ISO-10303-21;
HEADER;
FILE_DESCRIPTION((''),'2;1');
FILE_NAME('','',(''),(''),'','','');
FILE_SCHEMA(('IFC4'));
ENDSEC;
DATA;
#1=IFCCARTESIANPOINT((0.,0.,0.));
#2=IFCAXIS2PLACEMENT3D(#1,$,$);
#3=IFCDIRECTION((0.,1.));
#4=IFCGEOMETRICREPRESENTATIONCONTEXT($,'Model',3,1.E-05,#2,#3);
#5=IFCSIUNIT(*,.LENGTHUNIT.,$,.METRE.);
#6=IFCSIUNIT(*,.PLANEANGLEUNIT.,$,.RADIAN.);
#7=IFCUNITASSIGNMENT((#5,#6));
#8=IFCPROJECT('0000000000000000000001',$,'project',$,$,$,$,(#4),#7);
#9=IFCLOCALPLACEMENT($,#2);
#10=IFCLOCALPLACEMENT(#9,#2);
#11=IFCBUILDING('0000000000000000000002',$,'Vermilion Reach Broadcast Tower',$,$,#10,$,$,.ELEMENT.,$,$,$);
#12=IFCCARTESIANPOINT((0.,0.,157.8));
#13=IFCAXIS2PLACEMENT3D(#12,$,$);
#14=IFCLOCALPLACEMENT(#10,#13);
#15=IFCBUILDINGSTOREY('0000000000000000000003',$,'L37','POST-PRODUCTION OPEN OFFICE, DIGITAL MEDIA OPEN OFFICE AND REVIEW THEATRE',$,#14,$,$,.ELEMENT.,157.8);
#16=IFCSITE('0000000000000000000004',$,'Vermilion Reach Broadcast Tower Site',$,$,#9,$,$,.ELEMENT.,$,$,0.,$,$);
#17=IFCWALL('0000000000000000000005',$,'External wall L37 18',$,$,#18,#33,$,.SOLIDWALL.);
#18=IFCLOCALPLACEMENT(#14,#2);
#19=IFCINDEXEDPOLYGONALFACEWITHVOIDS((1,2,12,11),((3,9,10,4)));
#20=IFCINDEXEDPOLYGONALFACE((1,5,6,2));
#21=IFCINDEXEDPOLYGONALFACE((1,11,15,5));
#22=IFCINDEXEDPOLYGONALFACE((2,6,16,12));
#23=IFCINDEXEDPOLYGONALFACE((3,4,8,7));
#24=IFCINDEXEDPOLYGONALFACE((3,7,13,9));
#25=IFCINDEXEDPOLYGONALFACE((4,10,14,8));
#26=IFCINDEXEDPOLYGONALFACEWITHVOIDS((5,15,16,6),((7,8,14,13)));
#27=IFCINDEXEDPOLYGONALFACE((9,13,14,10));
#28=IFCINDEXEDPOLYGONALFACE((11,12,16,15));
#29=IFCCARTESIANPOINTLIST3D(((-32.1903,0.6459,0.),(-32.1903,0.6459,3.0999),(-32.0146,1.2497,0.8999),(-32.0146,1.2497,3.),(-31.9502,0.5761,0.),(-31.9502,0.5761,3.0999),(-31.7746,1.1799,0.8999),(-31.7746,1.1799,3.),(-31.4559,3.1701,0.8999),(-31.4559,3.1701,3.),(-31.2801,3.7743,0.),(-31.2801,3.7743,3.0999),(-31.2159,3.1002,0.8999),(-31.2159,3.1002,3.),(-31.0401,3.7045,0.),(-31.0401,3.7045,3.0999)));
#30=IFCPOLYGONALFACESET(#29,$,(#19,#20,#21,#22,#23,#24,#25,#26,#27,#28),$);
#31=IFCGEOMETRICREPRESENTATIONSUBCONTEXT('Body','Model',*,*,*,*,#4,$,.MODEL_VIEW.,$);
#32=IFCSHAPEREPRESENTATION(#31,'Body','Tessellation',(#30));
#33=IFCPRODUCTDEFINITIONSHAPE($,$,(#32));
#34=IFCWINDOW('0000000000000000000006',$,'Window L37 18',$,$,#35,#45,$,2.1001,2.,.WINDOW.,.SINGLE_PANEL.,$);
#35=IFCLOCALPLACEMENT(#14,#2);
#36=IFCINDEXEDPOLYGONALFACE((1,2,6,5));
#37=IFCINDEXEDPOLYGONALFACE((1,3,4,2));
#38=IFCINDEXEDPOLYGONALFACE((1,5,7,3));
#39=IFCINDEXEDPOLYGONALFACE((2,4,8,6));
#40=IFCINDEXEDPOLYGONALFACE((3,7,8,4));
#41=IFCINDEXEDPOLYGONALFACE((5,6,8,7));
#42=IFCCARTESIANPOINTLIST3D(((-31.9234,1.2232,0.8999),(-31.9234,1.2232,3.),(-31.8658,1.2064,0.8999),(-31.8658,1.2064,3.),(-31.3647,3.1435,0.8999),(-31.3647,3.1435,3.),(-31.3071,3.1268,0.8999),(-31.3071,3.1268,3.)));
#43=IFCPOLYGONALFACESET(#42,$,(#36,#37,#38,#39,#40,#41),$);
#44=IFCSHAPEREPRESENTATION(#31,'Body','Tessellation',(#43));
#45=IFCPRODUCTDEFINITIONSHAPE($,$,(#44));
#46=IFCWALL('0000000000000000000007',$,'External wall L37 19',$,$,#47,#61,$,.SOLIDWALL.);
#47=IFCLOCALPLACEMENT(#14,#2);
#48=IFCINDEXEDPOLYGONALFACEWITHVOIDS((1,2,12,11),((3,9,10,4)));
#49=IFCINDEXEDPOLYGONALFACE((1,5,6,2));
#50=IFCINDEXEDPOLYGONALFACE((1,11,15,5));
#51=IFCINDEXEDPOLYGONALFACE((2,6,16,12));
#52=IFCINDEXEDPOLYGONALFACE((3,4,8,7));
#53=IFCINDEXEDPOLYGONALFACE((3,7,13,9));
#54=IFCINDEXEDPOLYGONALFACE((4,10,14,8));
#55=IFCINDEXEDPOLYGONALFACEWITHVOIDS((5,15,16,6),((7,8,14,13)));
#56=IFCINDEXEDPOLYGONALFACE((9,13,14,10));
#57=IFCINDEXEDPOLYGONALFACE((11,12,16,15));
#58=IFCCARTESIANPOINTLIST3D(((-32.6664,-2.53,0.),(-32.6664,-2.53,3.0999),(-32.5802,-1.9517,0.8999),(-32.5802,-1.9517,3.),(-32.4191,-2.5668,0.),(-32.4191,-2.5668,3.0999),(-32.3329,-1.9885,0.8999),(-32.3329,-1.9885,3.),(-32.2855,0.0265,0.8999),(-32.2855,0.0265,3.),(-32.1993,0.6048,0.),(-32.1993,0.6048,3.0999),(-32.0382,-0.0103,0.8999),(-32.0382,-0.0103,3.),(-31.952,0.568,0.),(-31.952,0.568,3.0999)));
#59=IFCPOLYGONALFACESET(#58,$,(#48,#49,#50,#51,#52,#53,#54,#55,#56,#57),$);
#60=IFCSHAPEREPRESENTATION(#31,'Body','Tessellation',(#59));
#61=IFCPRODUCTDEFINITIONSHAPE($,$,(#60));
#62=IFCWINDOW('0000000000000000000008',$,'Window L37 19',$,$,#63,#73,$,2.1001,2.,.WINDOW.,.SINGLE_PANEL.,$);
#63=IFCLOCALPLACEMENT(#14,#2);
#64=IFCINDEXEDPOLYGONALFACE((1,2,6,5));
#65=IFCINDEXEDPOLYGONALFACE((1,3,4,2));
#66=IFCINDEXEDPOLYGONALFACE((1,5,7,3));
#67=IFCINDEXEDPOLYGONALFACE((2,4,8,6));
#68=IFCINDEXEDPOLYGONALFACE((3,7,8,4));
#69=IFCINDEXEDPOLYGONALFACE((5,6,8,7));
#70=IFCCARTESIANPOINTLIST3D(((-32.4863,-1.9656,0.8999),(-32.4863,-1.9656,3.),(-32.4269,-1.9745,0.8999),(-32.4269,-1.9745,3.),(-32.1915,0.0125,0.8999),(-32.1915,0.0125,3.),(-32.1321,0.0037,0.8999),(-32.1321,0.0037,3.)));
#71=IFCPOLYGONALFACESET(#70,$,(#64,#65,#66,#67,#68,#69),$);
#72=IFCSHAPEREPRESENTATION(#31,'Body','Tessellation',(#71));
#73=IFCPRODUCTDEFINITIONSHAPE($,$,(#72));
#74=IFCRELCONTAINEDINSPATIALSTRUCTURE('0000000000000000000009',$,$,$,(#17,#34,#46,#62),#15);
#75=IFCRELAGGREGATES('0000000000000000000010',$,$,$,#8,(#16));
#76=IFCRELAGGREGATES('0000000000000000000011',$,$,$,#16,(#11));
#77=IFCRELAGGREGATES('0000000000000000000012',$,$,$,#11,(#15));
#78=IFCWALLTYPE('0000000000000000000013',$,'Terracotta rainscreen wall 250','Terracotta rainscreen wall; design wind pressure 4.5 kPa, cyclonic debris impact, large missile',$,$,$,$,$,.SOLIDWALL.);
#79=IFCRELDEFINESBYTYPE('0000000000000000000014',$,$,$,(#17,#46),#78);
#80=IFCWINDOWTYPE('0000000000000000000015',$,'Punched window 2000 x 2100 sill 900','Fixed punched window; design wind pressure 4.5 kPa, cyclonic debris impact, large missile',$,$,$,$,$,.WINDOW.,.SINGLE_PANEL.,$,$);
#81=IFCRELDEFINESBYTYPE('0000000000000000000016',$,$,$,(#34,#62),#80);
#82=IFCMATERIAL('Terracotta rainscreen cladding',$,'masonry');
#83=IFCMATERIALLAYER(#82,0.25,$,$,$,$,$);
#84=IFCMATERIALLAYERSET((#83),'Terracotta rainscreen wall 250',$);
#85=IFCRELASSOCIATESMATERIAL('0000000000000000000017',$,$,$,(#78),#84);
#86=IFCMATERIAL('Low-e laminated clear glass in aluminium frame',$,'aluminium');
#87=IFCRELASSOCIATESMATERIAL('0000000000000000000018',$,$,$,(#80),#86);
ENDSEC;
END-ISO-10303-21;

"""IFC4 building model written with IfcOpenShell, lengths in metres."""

from ifc_helpers import new_model, si_unit, direction, frame, frame_2d, origin, place, context, subcontext, project, spatial, rectangle, extrude, material, layer, layer_set, type_object, element, fill, save


model = new_model("IFC4")

# Units and contexts
model_context = context("Model", 3, precision=1e-05, world=origin(), true_north=direction((0.0, 1.0)))
body_context = subcontext(model_context, "Body", "Model", "MODEL_VIEW")
ifc_project = project(units=[si_unit("LENGTHUNIT", "METRE"), si_unit("PLANEANGLEUNIT", "RADIAN")], contexts=[model_context])

# Site, building, storey
site_placement = place(None, origin())
site = spatial("IfcSite", under=ifc_project, at=site_placement, Name="Vermilion Reach Broadcast Tower Site", CompositionType="ELEMENT", RefElevation=0.0)
building_placement = place(site_placement, origin())
building = spatial("IfcBuilding", under=site, at=building_placement, Name="Vermilion Reach Broadcast Tower", CompositionType="ELEMENT")
storey_placement = place(building_placement, frame((0.0, 0.0, 157.8)))
storey = spatial("IfcBuildingStorey", under=building, at=storey_placement, Name="L37", Description="POST-PRODUCTION OPEN OFFICE, DIGITAL MEDIA OPEN OFFICE AND REVIEW THEATRE", CompositionType="ELEMENT", Elevation=157.8)

# Walls, openings, windows
ifc_material_1 = material(Name="Terracotta rainscreen cladding", Category="masonry")
ifc_layer_1 = layer(ifc_material_1, 0.25)
ifc_layer_set_1 = layer_set([ifc_layer_1], Name="Terracotta rainscreen wall 250")
wall_type_1 = type_object("IfcWallType", Name="Terracotta rainscreen wall 250", Description="Terracotta rainscreen wall; design wind pressure 4.5 kPa, cyclonic debris impact, large missile", PredefinedType="SOLIDWALL", material=ifc_layer_set_1)
ifc_material_2 = material(Name="Low-e laminated clear glass in aluminium frame", Category="aluminium")
window_type = type_object("IfcWindowType", Name="Punched window 2000 x 2100 sill 900", Description="Fixed punched window; design wind pressure 4.5 kPa, cyclonic debris impact, large missile", PartitioningType="SINGLE_PANEL", PredefinedType="WINDOW", material=ifc_material_2)
wall_1_placement = place(storey_placement, frame((-31.1602, 3.7393, 0.0), z_axis=(0.0, 0.0, 1.0), x_axis=(-0.27935, -0.960189, 0.0)))
wall_1 = element("IfcWall", 1, at=wall_1_placement, inside=storey, type_object=wall_type_1, Name="External wall L37 18", PredefinedType="SOLIDWALL", context=body_context, shape_type="SweptSolid", body=[
    extrude(rectangle(XDim=3.2581, YDim=0.25, at=frame_2d((1.6289, 0.0))), origin(), (0.0, 0.0, 1.0), 3.0999),
])
opening_1_placement = place(wall_1_placement, frame((0.6292, 0.0, 0.8999)))
opening_1 = element("IfcOpeningElement", 2, at=opening_1_placement, cuts=wall_1, PredefinedType="OPENING", context=body_context, shape_type="SweptSolid", body=[
    extrude(rectangle(XDim=2.0, YDim=2.1001, at=frame_2d((1.0, 1.05))), frame((0.0, 0.135, 0.0), z_axis=(0.0, -1.0, 0.0), x_axis=(1.0, 0.0, 0.0)), (0.0, 0.0, 1.0), 0.27),
])
window_1_placement = place(opening_1_placement, origin())
window_1 = element("IfcWindow", 3, at=window_1_placement, inside=storey, type_object=window_type, Name="Window L37 18", OverallHeight=2.1001, OverallWidth=2.0, PartitioningType="SINGLE_PANEL", PredefinedType="WINDOW", context=body_context, shape_type="SweptSolid", body=[
    extrude(rectangle(XDim=2.0, YDim=2.1001, at=frame_2d((1.0, 1.05))), frame((0.0, 0.03, 0.0), z_axis=(0.0, -1.0, 0.0), x_axis=(1.0, 0.0, 0.0)), (0.0, 0.0, 1.0), 0.0601),
])
fill(opening_1, window_1)
wall_2_placement = place(storey_placement, frame((-32.0757, 0.5864, 0.0), z_axis=(0.0, 0.0, 1.0), x_axis=(-0.147361, -0.989083, 0.0)))
wall_2 = element("IfcWall", 4, at=wall_2_placement, inside=storey, type_object=wall_type_1, Name="External wall L37 19", PredefinedType="SOLIDWALL", context=body_context, shape_type="SweptSolid", body=[
    extrude(rectangle(XDim=3.1694, YDim=0.25, at=frame_2d((1.5847, 0.0))), origin(), (0.0, 0.0, 1.0), 3.0999),
])
opening_2_placement = place(wall_2_placement, frame((0.5847, 0.0, 0.8999)))
opening_2 = element("IfcOpeningElement", 5, at=opening_2_placement, cuts=wall_2, PredefinedType="OPENING", context=body_context, shape_type="SweptSolid", body=[
    extrude(rectangle(XDim=2.0, YDim=2.1001, at=frame_2d((1.0, 1.05))), frame((0.0, 0.135, 0.0), z_axis=(0.0, -1.0, 0.0), x_axis=(1.0, 0.0, 0.0)), (0.0, 0.0, 1.0), 0.27),
])
window_2_placement = place(opening_2_placement, origin())
window_2 = element("IfcWindow", 6, at=window_2_placement, inside=storey, type_object=window_type, Name="Window L37 19", OverallHeight=2.1001, OverallWidth=2.0, PartitioningType="SINGLE_PANEL", PredefinedType="WINDOW", context=body_context, shape_type="SweptSolid", body=[
    extrude(rectangle(XDim=2.0, YDim=2.1001, at=frame_2d((1.0, 1.05))), frame((0.0, 0.03, 0.0), z_axis=(0.0, -1.0, 0.0), x_axis=(1.0, 0.0, 0.0)), (0.0, 0.0, 1.0), 0.0601),
])
fill(opening_2, window_2)

save(model, "model.ifc")
